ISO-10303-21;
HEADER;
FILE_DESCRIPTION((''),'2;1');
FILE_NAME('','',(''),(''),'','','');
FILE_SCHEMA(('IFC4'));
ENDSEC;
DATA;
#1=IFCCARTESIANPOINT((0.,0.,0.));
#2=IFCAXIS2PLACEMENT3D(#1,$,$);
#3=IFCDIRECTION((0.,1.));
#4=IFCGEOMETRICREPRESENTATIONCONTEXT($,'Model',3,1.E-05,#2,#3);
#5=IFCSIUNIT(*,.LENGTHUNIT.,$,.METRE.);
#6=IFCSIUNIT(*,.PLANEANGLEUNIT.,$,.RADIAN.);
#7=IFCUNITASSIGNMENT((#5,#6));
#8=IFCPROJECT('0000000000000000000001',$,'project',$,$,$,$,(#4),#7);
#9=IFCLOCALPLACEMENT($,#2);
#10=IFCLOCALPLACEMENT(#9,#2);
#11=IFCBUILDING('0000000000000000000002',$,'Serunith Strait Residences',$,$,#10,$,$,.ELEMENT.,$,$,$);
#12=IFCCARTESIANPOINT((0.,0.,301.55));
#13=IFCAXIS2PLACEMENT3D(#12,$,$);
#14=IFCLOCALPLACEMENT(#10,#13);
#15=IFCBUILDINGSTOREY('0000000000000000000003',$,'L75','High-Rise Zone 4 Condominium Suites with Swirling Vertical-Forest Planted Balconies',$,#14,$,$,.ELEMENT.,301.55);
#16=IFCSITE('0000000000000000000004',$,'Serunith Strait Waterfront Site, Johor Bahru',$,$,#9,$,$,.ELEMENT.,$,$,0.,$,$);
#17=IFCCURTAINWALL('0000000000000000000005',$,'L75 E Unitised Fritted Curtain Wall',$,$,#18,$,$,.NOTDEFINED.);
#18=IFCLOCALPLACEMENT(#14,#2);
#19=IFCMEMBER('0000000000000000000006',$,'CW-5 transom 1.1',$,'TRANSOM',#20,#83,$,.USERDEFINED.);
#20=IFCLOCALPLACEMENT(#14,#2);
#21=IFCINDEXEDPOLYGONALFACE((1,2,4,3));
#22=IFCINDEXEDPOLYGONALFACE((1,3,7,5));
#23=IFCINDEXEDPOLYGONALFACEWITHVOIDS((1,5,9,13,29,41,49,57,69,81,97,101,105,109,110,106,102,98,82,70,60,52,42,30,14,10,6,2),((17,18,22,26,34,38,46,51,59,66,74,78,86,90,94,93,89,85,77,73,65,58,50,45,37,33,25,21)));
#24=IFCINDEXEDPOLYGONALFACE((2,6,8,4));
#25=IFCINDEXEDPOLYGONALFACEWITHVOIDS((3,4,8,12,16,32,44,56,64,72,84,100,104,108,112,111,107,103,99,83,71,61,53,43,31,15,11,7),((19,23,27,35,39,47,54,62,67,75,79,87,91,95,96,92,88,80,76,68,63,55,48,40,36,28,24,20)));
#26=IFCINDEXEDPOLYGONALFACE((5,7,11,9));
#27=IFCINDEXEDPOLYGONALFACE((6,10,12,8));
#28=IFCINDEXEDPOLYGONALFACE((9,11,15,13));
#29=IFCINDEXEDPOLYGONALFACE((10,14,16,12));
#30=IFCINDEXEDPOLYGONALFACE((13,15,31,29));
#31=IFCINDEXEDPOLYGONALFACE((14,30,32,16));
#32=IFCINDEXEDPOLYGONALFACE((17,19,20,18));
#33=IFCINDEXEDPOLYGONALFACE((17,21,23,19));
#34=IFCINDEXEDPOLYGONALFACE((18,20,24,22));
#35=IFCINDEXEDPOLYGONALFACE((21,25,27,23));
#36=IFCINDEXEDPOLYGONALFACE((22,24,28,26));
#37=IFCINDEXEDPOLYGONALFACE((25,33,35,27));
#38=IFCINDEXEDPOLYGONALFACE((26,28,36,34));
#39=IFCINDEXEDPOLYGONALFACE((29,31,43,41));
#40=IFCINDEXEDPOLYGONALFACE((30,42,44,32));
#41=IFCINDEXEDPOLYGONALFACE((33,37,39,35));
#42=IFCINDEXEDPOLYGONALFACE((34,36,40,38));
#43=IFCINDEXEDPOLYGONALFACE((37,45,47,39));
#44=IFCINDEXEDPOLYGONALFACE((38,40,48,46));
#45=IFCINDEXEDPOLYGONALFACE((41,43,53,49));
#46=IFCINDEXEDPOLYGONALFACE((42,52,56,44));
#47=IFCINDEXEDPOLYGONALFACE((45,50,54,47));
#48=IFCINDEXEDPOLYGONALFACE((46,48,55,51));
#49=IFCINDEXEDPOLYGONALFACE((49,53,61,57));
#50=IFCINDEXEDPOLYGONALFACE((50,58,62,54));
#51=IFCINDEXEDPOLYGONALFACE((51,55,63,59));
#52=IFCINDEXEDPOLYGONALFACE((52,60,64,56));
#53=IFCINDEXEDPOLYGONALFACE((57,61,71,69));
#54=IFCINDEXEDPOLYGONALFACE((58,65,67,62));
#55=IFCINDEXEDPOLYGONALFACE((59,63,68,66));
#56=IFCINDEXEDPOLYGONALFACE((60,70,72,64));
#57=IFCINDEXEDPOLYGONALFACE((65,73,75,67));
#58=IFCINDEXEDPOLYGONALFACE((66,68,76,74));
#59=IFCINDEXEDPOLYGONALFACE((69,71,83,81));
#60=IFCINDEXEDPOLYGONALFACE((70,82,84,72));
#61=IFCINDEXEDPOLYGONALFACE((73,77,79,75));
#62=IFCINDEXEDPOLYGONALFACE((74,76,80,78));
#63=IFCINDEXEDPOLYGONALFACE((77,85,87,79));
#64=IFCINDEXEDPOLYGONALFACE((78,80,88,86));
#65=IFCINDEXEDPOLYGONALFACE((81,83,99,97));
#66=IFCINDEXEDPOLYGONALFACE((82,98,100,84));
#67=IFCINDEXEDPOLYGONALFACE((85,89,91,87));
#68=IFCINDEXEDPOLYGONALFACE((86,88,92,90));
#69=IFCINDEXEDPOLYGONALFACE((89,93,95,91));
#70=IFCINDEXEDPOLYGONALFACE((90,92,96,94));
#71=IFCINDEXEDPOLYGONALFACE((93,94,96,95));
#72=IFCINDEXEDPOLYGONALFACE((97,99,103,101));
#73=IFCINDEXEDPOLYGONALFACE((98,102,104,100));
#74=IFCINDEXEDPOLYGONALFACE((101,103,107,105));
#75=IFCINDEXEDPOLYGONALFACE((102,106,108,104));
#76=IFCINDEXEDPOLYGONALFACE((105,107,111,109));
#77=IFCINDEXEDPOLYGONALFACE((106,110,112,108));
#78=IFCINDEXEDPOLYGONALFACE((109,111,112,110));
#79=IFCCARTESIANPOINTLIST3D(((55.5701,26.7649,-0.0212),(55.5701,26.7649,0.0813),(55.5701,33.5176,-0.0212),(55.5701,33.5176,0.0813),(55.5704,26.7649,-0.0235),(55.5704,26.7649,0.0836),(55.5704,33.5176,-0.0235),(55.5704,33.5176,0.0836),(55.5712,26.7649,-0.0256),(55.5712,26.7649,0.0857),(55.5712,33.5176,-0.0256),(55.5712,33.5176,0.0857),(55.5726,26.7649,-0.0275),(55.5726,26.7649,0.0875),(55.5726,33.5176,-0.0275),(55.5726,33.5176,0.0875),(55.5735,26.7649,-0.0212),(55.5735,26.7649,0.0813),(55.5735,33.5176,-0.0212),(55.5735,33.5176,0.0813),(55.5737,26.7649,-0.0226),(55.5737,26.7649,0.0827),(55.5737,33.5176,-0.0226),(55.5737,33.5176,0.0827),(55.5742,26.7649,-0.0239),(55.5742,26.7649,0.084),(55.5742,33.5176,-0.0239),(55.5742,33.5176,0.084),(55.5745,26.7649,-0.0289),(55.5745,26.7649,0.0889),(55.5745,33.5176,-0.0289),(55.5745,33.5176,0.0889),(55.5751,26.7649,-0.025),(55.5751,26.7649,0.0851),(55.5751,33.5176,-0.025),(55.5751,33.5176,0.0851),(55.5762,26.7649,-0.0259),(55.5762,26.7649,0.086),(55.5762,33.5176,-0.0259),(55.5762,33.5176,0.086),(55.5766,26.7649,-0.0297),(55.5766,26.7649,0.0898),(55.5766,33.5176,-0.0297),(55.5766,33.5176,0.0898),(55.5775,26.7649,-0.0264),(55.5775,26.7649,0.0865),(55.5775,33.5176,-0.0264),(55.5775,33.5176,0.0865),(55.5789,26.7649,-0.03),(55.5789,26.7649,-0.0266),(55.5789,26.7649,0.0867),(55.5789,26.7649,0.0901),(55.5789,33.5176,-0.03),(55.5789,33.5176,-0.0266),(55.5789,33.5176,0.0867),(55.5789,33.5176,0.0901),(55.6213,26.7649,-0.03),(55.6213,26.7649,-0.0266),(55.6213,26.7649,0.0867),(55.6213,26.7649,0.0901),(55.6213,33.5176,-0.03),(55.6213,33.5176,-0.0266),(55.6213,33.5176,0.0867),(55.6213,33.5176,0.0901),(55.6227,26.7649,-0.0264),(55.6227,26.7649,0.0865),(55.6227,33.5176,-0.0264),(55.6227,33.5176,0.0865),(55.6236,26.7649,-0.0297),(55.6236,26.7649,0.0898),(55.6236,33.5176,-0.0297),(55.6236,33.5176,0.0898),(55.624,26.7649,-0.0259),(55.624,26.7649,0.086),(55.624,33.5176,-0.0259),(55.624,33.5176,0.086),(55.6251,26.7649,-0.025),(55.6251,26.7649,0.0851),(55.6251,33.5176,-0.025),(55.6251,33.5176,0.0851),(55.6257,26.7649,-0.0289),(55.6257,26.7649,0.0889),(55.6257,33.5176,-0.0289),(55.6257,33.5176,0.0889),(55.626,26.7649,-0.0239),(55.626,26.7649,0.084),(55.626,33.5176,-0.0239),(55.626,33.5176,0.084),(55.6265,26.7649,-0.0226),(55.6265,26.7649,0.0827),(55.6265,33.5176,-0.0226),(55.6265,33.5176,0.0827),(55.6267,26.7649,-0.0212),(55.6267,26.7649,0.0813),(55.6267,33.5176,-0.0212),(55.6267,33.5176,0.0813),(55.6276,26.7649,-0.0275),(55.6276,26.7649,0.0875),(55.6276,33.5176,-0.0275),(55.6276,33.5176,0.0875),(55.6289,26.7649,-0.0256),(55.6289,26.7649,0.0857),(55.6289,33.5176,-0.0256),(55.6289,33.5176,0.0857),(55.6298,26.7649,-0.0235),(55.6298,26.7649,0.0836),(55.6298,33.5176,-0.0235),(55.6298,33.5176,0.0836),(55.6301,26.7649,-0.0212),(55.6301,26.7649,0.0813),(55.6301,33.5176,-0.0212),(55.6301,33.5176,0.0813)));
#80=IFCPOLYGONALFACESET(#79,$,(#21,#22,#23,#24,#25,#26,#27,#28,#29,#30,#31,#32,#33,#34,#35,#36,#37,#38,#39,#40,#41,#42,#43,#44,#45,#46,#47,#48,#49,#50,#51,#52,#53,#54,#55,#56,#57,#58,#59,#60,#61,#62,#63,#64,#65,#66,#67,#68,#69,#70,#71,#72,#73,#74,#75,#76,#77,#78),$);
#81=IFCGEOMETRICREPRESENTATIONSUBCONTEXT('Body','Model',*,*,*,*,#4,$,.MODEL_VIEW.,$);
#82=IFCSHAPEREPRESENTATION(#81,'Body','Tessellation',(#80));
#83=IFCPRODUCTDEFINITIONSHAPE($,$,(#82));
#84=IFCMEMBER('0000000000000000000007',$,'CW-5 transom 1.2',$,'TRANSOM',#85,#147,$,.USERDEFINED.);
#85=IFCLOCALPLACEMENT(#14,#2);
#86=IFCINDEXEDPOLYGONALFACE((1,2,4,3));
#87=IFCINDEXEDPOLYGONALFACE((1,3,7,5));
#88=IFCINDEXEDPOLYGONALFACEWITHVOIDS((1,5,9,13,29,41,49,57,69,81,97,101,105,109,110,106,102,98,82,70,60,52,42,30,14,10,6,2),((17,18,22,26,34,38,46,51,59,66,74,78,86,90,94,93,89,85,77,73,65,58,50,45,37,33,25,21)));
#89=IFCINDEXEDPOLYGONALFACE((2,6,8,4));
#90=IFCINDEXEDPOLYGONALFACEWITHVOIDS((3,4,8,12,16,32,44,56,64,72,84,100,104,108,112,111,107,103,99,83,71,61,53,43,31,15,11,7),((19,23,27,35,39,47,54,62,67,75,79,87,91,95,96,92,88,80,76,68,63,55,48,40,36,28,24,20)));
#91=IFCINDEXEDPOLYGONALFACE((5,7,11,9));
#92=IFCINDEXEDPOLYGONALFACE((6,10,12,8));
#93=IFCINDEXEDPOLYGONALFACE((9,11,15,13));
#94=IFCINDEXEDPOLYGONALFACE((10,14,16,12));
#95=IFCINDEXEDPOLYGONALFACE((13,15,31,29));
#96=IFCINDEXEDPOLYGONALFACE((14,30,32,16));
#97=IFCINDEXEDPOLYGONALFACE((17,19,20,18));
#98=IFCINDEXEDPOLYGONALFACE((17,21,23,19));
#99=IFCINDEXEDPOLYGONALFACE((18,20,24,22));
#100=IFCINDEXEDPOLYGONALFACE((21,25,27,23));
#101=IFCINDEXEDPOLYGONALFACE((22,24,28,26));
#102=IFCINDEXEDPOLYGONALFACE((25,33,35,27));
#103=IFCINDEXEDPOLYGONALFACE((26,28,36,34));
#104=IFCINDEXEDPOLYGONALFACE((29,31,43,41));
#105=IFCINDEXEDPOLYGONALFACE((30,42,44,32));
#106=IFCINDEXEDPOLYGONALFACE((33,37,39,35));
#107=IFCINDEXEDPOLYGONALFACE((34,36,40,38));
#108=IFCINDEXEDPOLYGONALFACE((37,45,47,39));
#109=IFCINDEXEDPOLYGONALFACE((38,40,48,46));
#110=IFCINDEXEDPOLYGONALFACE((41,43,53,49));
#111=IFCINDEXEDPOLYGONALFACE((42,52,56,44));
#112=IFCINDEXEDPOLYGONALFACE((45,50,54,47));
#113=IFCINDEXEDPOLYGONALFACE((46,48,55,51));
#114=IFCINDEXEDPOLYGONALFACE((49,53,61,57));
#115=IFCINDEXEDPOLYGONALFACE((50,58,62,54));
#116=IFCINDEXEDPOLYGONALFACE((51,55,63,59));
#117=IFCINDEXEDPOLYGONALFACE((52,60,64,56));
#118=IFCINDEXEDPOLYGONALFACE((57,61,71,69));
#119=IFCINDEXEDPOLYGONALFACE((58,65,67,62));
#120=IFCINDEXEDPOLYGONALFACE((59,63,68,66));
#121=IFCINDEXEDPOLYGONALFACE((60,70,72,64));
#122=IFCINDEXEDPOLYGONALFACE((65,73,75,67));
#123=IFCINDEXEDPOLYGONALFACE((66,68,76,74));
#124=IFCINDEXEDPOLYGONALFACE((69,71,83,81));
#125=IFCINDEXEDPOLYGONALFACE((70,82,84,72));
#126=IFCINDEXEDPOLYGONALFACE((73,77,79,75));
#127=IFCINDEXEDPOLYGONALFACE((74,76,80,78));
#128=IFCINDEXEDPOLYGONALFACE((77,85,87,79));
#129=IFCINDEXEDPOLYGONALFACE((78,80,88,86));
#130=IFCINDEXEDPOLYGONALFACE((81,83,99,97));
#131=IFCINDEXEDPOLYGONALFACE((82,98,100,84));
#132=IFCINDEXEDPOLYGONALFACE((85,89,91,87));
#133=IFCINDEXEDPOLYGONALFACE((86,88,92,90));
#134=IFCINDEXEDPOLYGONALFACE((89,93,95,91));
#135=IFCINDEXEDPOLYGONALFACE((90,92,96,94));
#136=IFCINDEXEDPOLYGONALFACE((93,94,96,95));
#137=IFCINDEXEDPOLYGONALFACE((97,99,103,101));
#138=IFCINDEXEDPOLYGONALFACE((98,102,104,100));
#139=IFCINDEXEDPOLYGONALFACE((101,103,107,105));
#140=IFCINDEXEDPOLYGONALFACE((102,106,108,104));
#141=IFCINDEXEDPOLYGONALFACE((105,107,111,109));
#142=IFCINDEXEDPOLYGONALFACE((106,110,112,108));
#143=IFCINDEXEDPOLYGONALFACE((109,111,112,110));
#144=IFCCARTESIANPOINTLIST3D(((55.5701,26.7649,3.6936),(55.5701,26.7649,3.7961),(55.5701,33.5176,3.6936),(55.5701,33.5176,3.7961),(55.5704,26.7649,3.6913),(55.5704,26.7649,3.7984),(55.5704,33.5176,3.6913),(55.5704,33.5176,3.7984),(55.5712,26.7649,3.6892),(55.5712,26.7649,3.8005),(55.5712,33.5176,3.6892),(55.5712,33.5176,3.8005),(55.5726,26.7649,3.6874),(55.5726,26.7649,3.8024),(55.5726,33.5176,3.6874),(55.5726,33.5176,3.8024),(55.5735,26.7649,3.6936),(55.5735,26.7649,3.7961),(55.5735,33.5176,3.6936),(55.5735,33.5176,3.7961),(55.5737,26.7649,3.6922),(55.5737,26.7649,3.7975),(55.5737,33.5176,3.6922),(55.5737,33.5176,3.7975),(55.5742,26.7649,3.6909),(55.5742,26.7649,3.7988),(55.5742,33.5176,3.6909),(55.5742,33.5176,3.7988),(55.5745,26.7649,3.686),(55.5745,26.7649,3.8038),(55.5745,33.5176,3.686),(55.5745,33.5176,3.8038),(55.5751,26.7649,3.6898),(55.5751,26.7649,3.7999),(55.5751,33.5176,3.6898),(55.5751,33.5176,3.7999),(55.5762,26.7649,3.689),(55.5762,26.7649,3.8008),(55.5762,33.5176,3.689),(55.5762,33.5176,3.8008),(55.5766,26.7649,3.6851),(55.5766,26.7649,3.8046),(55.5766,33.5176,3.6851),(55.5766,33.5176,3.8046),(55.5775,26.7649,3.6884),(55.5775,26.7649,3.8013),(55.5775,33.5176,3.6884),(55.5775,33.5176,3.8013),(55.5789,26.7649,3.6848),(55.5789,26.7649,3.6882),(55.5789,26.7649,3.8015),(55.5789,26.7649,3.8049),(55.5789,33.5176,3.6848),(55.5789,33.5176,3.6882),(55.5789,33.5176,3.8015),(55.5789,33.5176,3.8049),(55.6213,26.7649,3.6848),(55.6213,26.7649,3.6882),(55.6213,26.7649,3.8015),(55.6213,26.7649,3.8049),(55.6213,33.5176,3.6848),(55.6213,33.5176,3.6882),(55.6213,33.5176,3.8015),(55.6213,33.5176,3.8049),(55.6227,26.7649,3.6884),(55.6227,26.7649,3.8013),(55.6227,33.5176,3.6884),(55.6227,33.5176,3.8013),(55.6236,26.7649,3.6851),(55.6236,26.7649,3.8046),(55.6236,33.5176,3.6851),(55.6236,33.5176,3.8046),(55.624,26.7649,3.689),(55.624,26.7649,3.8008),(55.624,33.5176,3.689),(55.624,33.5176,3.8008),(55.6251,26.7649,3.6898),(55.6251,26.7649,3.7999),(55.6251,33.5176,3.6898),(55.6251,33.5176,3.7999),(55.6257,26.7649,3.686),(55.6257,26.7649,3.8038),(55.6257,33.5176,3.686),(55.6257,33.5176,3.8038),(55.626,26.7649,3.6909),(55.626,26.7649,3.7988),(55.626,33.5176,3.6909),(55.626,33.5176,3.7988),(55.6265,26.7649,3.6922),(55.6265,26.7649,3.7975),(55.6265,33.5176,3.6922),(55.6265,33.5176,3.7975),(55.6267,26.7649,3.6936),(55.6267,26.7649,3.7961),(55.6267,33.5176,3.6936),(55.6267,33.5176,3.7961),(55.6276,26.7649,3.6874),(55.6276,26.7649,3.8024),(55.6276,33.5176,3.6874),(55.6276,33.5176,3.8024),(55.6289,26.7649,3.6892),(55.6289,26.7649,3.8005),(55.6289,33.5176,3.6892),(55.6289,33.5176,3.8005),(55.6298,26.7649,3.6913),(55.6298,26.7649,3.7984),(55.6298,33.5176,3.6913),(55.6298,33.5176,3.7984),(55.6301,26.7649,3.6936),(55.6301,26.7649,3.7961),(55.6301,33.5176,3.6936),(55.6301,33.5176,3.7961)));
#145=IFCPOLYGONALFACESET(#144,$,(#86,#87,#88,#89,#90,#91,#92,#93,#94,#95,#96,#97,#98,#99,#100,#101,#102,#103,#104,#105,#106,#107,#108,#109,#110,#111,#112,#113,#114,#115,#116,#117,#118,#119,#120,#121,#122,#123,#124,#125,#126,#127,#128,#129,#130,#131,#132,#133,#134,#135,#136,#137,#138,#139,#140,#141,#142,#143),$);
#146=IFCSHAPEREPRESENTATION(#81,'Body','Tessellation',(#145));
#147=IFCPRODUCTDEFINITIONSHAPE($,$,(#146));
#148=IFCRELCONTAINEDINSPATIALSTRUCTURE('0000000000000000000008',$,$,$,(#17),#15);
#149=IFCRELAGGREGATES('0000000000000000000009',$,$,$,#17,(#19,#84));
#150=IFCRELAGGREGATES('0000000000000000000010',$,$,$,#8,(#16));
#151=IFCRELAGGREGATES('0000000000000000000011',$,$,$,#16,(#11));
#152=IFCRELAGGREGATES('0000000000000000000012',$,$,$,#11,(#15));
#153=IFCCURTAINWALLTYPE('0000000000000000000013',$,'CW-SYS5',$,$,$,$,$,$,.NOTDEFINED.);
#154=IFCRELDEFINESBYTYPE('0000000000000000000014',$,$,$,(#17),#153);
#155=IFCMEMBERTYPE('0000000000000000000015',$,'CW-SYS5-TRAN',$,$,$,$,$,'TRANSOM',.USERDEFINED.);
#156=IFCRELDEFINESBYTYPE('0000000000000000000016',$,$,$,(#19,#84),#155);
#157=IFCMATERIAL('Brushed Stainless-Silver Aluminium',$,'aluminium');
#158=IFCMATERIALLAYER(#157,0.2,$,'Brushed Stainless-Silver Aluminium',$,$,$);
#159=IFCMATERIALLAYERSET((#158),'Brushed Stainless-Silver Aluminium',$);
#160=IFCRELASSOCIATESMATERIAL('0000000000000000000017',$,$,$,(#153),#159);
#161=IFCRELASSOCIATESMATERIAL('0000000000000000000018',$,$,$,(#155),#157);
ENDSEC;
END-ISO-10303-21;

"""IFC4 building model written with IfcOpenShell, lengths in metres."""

from ifc_helpers import new_model, si_unit, direction, frame, origin, origin_2d, place, context, subcontext, project, spatial, hollow_rectangle, extrude, source, transform, mapped, material, layer, layer_set, material_profile, profile_set, type_object, element, aggregate, save


model = new_model("IFC4")

# Units and contexts
model_context = context("Model", 3, precision=1e-05, world=origin(), true_north=direction((0.0, 1.0)))
body_context = subcontext(model_context, "Body", "Model", "MODEL_VIEW")
ifc_project = project(units=[si_unit("LENGTHUNIT", "METRE"), si_unit("PLANEANGLEUNIT", "RADIAN")], contexts=[model_context])

# Site, building, storey
site_placement = place(None, origin())
site = spatial("IfcSite", under=ifc_project, at=site_placement, Name="Serunith Strait Waterfront Site, Johor Bahru", CompositionType="ELEMENT", RefElevation=0.0)
building_placement = place(site_placement, origin())
building = spatial("IfcBuilding", under=site, at=building_placement, Name="Serunith Strait Residences", CompositionType="ELEMENT")
storey_placement = place(building_placement, frame((0.0, 0.0, 301.55)))
storey = spatial("IfcBuildingStorey", under=building, at=storey_placement, Name="L75", Description="High-Rise Zone 4 Condominium Suites with Swirling Vertical-Forest Planted Balconies", CompositionType="ELEMENT", Elevation=301.55)

# Curtain wall, members
ifc_material_1 = material(Name="Brushed Stainless-Silver Aluminium", Category="aluminium")
ifc_layer_1 = layer(ifc_material_1, 0.2, Name="Brushed Stainless-Silver Aluminium")
ifc_layer_set_1 = layer_set([ifc_layer_1], Name="Brushed Stainless-Silver Aluminium")
curtain_wall_type = type_object("IfcCurtainWallType", Name="CW-SYS5", PredefinedType="NOTDEFINED", material=ifc_layer_set_1)
curtain_wall_placement = place(storey_placement, origin())
curtain_wall = element("IfcCurtainWall", 1, at=curtain_wall_placement, inside=storey, type_object=curtain_wall_type, Name="L75 E Unitised Fritted Curtain Wall", PredefinedType="NOTDEFINED")
ifc_material_profile_1 = material_profile(ifc_material_1, hollow_rectangle(XDim=0.0601, YDim=0.1201, WallThickness=0.0034, InnerFilletRadius=0.0054, OuterFilletRadius=0.0088, at=origin_2d()), Name="ALU 120x60x3.5")
ifc_profile_set_1 = profile_set([ifc_material_profile_1], Name="Brushed Stainless-Silver Aluminium")
member_type_1 = type_object("IfcMemberType", Name="CW-SYS5-TRAN", ElementType="TRANSOM", PredefinedType="USERDEFINED", material=ifc_profile_set_1)
shared_shape_1 = source(origin(), body_context, "Body", "SweptSolid", [
    extrude(hollow_rectangle(XDim=0.0601, YDim=0.1201, WallThickness=0.0034, InnerFilletRadius=0.0054, OuterFilletRadius=0.0088, at=origin_2d()), origin(), (0.0, 0.0, 1.0), 6.7527),
])
member_1_placement = place(storey_placement, frame((55.6001, 26.7649, 0.03), z_axis=(0.0, 1.0, 0.0), x_axis=(-1.0, 0.0, 0.0)))
member_1 = element("IfcMember", 2, at=member_1_placement, type_object=member_type_1, Name="CW-5 transom 1.1", ObjectType="TRANSOM", PredefinedType="USERDEFINED", context=body_context, shape_type="MappedRepresentation", body=[
    mapped(shared_shape_1, transform((0.0, 0.0, 0.0), scale=1.0)),
])
member_2_placement = place(storey_placement, frame((55.6001, 26.7649, 3.7449), z_axis=(0.0, 1.0, 0.0), x_axis=(-1.0, 0.0, 0.0)))
member_2 = element("IfcMember", 3, at=member_2_placement, type_object=member_type_1, Name="CW-5 transom 1.2", ObjectType="TRANSOM", PredefinedType="USERDEFINED", context=body_context, shape_type="MappedRepresentation", body=[
    mapped(shared_shape_1, transform((0.0, 0.0, 0.0), scale=1.0)),
])
aggregate(curtain_wall, [member_1, member_2])

save(model, "model.ifc")
